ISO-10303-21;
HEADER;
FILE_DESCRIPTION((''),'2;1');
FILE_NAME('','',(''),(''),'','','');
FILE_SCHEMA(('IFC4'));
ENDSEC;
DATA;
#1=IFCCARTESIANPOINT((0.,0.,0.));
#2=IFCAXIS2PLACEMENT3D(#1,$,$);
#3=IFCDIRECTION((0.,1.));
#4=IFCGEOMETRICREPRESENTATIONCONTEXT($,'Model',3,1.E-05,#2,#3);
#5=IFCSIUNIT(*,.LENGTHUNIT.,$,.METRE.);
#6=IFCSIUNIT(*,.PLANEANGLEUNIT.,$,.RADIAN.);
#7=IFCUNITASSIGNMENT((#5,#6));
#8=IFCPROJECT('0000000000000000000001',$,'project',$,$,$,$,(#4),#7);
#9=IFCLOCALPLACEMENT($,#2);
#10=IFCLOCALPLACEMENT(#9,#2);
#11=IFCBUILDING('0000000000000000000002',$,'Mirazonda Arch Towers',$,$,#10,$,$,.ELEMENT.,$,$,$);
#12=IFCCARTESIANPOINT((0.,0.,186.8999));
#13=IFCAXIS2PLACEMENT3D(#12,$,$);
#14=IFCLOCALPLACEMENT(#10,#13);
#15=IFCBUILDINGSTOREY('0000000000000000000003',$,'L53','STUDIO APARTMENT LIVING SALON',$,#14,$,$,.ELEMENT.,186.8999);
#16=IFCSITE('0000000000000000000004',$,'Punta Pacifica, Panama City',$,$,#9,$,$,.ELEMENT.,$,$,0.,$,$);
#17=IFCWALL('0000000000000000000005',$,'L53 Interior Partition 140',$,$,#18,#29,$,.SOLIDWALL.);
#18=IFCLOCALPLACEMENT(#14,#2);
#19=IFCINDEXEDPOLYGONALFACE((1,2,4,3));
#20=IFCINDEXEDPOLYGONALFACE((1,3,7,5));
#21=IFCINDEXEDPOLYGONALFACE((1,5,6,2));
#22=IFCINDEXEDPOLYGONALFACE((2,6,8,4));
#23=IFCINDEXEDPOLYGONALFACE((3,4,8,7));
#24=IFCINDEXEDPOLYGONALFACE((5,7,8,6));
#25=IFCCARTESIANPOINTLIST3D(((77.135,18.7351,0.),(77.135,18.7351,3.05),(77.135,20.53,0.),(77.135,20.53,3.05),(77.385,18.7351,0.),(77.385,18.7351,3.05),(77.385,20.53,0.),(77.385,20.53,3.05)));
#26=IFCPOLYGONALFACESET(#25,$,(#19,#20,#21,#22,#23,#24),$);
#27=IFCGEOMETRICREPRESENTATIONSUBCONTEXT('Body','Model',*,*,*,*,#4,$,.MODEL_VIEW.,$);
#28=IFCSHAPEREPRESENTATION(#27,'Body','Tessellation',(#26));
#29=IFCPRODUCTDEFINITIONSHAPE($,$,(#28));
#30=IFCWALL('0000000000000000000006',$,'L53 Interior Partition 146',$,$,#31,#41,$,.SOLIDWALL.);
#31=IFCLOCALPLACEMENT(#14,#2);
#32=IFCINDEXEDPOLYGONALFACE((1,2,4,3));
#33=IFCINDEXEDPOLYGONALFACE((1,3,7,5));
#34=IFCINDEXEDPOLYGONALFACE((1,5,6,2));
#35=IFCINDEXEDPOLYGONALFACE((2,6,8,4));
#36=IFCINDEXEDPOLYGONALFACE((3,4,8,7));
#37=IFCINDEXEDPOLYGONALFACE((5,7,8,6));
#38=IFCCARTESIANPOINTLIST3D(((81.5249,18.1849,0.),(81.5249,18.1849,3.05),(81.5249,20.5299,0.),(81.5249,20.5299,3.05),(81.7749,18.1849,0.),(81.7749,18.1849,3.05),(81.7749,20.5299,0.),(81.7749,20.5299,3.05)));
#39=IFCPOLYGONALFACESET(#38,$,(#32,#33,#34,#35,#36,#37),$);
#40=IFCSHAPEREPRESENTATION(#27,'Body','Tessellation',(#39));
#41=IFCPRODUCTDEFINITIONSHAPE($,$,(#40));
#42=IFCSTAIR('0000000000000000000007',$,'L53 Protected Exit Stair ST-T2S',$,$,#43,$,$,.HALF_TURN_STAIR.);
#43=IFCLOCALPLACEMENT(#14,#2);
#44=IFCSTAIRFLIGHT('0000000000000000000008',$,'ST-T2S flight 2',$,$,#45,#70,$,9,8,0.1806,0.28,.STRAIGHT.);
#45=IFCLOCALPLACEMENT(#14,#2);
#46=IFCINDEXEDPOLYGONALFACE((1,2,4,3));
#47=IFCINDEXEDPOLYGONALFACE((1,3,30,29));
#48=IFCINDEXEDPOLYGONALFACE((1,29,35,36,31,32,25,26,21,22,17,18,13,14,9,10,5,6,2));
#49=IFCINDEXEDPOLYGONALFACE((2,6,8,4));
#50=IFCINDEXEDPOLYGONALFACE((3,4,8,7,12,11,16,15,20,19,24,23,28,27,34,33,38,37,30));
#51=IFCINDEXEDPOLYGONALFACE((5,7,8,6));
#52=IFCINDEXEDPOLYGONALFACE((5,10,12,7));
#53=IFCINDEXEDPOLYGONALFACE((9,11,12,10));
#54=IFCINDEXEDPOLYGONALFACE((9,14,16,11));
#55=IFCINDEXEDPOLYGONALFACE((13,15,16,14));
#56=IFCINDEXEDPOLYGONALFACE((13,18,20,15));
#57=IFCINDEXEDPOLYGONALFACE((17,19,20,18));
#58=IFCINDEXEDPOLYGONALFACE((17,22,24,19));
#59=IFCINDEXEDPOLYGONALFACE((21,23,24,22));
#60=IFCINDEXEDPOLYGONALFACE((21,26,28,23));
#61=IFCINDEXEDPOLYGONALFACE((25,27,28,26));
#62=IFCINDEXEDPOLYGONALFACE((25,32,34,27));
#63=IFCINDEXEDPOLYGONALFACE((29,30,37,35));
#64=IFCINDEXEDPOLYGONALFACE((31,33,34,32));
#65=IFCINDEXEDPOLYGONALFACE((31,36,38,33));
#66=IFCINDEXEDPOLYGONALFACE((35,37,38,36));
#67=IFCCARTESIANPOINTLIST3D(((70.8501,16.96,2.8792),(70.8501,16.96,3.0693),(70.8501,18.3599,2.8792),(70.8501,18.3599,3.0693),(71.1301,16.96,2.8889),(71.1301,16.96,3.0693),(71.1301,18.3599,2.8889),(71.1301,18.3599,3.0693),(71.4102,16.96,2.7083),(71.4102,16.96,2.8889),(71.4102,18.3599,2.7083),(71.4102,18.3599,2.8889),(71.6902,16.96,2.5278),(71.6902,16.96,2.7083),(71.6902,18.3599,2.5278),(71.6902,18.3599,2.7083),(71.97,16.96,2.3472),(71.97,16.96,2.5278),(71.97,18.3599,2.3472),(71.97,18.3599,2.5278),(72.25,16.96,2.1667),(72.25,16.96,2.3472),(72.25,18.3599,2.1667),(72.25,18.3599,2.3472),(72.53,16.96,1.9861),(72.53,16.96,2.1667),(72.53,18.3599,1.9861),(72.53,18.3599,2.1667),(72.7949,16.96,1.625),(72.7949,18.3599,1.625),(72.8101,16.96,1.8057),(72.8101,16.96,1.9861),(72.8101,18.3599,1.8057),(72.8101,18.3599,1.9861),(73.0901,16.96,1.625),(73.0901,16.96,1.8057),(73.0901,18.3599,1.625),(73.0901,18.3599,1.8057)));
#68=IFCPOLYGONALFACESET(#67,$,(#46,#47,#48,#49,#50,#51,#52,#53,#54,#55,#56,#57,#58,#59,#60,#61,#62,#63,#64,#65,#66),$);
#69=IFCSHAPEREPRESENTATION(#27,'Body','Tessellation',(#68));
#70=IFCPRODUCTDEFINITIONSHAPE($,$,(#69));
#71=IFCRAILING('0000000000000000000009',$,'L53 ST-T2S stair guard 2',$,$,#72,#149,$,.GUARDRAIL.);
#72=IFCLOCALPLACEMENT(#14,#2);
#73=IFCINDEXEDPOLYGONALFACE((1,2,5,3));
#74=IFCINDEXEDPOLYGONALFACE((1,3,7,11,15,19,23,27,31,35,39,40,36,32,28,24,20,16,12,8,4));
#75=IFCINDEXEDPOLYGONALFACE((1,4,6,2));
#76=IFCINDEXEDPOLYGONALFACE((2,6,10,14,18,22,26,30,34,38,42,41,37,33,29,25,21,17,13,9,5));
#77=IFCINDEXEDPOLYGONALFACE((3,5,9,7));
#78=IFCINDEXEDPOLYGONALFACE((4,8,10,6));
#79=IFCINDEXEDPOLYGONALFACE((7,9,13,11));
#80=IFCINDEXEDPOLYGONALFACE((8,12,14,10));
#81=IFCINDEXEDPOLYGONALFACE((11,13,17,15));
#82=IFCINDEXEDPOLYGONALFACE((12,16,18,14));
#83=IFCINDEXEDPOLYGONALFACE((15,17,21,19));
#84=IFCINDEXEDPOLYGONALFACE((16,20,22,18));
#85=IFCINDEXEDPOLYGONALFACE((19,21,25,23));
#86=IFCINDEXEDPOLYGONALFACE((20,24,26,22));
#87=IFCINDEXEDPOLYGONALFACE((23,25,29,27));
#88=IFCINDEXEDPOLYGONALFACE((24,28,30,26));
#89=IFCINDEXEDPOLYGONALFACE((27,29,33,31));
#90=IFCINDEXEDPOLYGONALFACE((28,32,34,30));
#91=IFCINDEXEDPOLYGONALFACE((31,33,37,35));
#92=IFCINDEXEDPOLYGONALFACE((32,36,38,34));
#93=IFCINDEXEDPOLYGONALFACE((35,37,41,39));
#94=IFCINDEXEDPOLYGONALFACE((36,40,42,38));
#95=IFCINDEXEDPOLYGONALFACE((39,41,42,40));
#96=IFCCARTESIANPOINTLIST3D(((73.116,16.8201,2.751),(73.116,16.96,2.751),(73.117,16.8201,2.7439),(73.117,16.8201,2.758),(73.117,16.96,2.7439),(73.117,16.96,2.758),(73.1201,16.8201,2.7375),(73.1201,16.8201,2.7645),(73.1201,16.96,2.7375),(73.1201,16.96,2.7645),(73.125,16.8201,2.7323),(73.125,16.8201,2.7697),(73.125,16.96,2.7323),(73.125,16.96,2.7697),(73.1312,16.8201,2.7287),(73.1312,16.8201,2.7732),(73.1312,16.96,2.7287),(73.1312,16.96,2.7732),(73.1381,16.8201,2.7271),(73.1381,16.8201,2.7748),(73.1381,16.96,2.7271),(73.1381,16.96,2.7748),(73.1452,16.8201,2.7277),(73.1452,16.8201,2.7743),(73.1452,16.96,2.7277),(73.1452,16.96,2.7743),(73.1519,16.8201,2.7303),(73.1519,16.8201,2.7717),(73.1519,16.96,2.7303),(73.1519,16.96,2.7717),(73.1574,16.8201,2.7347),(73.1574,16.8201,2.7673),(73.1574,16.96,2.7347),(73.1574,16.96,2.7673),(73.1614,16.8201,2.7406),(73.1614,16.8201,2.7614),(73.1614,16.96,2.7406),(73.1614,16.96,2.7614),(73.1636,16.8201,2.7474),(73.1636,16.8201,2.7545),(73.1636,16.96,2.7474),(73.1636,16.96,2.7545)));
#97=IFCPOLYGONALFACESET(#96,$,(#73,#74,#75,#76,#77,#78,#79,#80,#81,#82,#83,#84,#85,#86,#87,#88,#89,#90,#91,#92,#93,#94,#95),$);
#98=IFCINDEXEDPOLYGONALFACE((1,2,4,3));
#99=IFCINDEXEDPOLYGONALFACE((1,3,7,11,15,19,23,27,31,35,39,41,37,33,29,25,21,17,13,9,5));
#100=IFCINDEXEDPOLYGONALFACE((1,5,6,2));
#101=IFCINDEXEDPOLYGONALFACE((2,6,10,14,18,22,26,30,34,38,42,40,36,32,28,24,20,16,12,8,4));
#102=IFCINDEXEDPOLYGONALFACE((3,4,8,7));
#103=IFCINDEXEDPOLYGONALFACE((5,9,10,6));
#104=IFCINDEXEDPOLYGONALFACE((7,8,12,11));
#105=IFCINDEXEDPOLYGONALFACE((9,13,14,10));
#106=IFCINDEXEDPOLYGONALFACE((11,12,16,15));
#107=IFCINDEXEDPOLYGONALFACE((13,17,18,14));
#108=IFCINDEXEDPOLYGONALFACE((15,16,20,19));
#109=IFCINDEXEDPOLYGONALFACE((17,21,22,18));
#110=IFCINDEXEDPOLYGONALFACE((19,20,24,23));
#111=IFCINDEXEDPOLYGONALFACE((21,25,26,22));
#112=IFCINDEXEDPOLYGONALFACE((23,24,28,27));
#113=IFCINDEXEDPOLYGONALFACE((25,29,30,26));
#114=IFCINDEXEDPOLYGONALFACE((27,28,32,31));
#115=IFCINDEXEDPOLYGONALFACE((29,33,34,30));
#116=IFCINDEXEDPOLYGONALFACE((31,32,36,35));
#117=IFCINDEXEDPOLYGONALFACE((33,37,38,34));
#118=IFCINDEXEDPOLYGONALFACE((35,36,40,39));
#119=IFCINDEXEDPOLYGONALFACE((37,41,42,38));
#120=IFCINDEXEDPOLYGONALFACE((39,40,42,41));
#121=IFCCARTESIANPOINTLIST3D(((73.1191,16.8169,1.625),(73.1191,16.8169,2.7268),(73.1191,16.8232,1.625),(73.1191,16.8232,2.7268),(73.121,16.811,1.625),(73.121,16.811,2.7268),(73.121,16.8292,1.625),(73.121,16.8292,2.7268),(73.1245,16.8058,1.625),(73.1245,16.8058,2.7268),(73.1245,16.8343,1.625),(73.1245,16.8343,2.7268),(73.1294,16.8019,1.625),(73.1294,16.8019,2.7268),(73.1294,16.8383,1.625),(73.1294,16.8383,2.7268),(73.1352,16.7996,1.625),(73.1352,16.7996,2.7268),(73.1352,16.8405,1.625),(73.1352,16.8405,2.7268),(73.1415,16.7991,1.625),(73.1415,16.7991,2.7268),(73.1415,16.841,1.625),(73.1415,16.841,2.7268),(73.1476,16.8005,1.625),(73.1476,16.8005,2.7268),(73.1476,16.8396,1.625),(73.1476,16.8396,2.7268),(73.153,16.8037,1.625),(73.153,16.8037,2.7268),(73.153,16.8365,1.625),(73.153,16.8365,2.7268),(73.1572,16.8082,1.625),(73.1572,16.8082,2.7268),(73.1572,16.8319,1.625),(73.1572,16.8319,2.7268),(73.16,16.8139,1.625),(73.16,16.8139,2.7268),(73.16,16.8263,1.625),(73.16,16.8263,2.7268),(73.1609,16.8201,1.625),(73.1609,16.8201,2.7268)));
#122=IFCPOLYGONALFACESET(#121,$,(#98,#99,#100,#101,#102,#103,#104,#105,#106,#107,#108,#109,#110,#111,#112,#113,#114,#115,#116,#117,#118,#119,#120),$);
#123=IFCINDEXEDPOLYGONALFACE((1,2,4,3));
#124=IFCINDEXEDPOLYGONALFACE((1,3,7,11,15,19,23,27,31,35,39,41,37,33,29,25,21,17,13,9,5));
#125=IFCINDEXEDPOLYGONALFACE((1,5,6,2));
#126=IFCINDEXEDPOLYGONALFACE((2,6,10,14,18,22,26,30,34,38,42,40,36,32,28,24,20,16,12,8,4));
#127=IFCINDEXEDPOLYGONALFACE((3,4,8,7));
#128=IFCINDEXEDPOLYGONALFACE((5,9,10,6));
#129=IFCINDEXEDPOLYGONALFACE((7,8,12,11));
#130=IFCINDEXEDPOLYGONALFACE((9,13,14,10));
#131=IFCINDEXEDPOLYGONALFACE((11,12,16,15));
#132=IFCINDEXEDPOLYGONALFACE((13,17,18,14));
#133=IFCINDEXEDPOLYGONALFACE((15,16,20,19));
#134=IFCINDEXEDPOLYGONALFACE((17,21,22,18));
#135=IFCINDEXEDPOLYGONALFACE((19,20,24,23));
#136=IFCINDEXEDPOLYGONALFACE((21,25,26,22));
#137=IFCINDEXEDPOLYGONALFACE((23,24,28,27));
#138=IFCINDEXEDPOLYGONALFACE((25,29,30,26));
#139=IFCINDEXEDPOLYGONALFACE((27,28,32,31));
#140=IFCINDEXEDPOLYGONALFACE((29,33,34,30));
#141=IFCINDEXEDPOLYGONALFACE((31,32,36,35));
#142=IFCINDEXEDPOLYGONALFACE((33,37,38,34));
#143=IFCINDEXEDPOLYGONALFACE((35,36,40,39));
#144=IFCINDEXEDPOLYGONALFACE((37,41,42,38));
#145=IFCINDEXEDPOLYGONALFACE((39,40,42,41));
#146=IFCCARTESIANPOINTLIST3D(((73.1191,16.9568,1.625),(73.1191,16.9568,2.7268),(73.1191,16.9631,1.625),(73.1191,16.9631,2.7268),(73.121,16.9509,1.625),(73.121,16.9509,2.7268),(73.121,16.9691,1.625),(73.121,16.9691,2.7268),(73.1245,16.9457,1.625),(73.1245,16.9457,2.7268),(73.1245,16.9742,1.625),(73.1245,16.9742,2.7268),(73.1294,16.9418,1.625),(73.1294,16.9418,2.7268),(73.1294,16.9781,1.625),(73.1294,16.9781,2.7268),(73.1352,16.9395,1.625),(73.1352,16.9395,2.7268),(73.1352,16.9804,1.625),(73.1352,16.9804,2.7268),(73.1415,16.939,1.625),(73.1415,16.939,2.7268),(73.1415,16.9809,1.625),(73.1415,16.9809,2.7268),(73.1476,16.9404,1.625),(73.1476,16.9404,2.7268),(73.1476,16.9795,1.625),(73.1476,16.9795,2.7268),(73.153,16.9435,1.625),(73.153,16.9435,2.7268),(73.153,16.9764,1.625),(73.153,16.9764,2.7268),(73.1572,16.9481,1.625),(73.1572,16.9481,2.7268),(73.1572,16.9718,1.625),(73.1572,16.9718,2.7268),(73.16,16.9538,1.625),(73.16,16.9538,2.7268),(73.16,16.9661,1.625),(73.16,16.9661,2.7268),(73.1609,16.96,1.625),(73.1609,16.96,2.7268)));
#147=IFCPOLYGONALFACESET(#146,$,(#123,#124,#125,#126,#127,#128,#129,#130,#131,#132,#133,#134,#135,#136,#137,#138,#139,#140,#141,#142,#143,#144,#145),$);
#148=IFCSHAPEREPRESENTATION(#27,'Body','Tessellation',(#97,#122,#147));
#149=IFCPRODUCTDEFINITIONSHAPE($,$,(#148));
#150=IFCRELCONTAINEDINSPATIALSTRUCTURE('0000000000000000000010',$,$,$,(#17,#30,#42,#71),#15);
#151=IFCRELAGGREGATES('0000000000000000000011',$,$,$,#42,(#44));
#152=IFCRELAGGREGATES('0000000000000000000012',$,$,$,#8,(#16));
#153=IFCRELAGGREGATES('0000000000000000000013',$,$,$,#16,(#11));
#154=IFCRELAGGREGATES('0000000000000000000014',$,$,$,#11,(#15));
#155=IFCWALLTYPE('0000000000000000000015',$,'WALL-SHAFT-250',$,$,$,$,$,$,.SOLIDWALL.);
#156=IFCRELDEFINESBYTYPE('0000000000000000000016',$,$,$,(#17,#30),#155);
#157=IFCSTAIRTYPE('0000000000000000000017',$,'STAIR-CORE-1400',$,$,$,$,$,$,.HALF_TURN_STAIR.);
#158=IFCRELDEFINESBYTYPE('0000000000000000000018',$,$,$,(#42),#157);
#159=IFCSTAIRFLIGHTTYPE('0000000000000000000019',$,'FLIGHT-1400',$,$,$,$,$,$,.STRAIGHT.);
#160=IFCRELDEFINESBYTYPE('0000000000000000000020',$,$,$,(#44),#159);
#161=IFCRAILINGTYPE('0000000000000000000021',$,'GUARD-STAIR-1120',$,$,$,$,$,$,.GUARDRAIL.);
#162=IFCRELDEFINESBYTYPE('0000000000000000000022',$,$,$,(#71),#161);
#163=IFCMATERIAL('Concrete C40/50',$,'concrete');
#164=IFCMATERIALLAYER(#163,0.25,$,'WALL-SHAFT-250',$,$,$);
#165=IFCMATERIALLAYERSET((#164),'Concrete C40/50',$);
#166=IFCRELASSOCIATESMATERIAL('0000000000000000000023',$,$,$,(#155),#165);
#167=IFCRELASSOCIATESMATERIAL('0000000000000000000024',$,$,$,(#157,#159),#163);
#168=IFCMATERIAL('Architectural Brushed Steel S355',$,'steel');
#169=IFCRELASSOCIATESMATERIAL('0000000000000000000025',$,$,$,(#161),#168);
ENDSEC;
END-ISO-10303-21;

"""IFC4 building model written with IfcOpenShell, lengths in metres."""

from ifc_helpers import new_model, si_unit, direction, frame, frame_2d, origin, origin_2d, place, context, subcontext, project, spatial, polyline, rectangle, circle, outline, extrude, material, layer, layer_set, type_object, element, aggregate, save


model = new_model("IFC4")

# Units and contexts
model_context = context("Model", 3, precision=1e-05, world=origin(), true_north=direction((0.0, 1.0)))
body_context = subcontext(model_context, "Body", "Model", "MODEL_VIEW")
ifc_project = project(units=[si_unit("LENGTHUNIT", "METRE"), si_unit("PLANEANGLEUNIT", "RADIAN")], contexts=[model_context])

# Site, building, storey
site_placement = place(None, origin())
site = spatial("IfcSite", under=ifc_project, at=site_placement, Name="Punta Pacifica, Panama City", CompositionType="ELEMENT", RefElevation=0.0)
building_placement = place(site_placement, origin())
building = spatial("IfcBuilding", under=site, at=building_placement, Name="Mirazonda Arch Towers", CompositionType="ELEMENT")
storey_placement = place(building_placement, frame((0.0, 0.0, 186.8999)))
storey = spatial("IfcBuildingStorey", under=building, at=storey_placement, Name="L53", Description="STUDIO APARTMENT LIVING SALON", CompositionType="ELEMENT", Elevation=186.8999)

# Shared definitions
ifc_material_1 = material(Name="Architectural Brushed Steel S355", Category="steel")

# Walls
ifc_material_2 = material(Name="Concrete C40/50", Category="concrete")
ifc_layer_1 = layer(ifc_material_2, 0.25, Name="WALL-SHAFT-250")
ifc_layer_set_1 = layer_set([ifc_layer_1], Name="Concrete C40/50")
wall_type_1 = type_object("IfcWallType", Name="WALL-SHAFT-250", PredefinedType="SOLIDWALL", material=ifc_layer_set_1)
wall_1_placement = place(storey_placement, frame((77.26, 18.7351, 0.0), z_axis=(0.0, 0.0, 1.0), x_axis=(0.0, 1.0, 0.0)))
element("IfcWall", 1, at=wall_1_placement, inside=storey, type_object=wall_type_1, Name="L53 Interior Partition 140", PredefinedType="SOLIDWALL", context=body_context, shape_type="SweptSolid", body=[
    extrude(rectangle(XDim=1.7949, YDim=0.25, at=frame_2d((0.8975, 0.0))), origin(), (0.0, 0.0, 1.0), 3.05),
])
wall_2_placement = place(storey_placement, frame((81.6499, 18.1851, 0.0), z_axis=(0.0, 0.0, 1.0), x_axis=(0.0, 1.0, 0.0)))
element("IfcWall", 2, at=wall_2_placement, inside=storey, type_object=wall_type_1, Name="L53 Interior Partition 146", PredefinedType="SOLIDWALL", context=body_context, shape_type="SweptSolid", body=[
    extrude(rectangle(XDim=2.345, YDim=0.25, at=frame_2d((1.1724, 0.0))), origin(), (0.0, 0.0, 1.0), 3.05),
])

# Stair, stair flight
stair_type = type_object("IfcStairType", Name="STAIR-CORE-1400", PredefinedType="HALF_TURN_STAIR", material=ifc_material_2)
stair_placement = place(storey_placement, origin())
stair = element("IfcStair", 3, at=stair_placement, inside=storey, type_object=stair_type, Name="L53 Protected Exit Stair ST-T2S", PredefinedType="HALF_TURN_STAIR")
stair_flight_type = type_object("IfcStairFlightType", Name="FLIGHT-1400", PredefinedType="STRAIGHT", material=ifc_material_2)
stair_flight_placement = place(storey_placement, frame((73.0901, 17.6599, 1.625), z_axis=(0.0, 0.0, 1.0), x_axis=(-1.0, 0.0, 0.0)))
stair_flight = element("IfcStairFlight", 4, at=stair_flight_placement, type_object=stair_flight_type, Name="ST-T2S flight 2", NumberOfRisers=9, NumberOfTreads=8, PredefinedType="STRAIGHT", RiserHeight=0.1806, TreadLength=0.28, context=body_context, shape_type="SweptSolid", body=[
    extrude(outline(polyline([(0.0, 0.0), (0.0, 0.1807), (0.28, 0.1807), (0.28, 0.3611), (0.5601, 0.3611), (0.5601, 0.5417), (0.8401, 0.5417), (0.8401, 0.7222), (1.1201, 0.7222), (1.1201, 0.9028), (1.3999, 0.9028), (1.3999, 1.0833), (1.6799, 1.0833), (1.6799, 1.2639), (1.96, 1.2639), (1.96, 1.4443), (2.24, 1.4443), (2.24, 1.625), (2.24, 1.2542), (0.2952, 0.0), (0.0, 0.0)])), frame((0.0, 0.7, 0.0), z_axis=(0.0, -1.0, 0.0), x_axis=(1.0, 0.0, 0.0)), (0.0, 0.0, 1.0), 1.3999),
])
aggregate(stair, [stair_flight])

# Railing
railing_type_1 = type_object("IfcRailingType", Name="GUARD-STAIR-1120", PredefinedType="GUARDRAIL", material=ifc_material_1)
railing_1_placement = place(storey_placement, frame((73.1399, 16.8201, 1.625)))
element("IfcRailing", 5, at=railing_1_placement, inside=storey, type_object=railing_type_1, Name="L53 ST-T2S stair guard 2", PredefinedType="GUARDRAIL", context=body_context, shape_type="SweptSolid", body=[
    extrude(circle(Radius=0.0239, at=origin_2d()), frame((0.0, 0.0, 1.126), z_axis=(0.0, 1.0, 0.0), x_axis=(-1.0, 0.0, 0.0)), (0.0, 0.0, 1.0), 0.1399),
    extrude(circle(Radius=0.021, at=origin_2d()), origin(), (0.0, 0.0, 1.0), 1.1018),
    extrude(circle(Radius=0.021, at=origin_2d()), frame((0.0, 0.1399, 0.0)), (0.0, 0.0, 1.0), 1.1018),
])

save(model, "model.ifc")
